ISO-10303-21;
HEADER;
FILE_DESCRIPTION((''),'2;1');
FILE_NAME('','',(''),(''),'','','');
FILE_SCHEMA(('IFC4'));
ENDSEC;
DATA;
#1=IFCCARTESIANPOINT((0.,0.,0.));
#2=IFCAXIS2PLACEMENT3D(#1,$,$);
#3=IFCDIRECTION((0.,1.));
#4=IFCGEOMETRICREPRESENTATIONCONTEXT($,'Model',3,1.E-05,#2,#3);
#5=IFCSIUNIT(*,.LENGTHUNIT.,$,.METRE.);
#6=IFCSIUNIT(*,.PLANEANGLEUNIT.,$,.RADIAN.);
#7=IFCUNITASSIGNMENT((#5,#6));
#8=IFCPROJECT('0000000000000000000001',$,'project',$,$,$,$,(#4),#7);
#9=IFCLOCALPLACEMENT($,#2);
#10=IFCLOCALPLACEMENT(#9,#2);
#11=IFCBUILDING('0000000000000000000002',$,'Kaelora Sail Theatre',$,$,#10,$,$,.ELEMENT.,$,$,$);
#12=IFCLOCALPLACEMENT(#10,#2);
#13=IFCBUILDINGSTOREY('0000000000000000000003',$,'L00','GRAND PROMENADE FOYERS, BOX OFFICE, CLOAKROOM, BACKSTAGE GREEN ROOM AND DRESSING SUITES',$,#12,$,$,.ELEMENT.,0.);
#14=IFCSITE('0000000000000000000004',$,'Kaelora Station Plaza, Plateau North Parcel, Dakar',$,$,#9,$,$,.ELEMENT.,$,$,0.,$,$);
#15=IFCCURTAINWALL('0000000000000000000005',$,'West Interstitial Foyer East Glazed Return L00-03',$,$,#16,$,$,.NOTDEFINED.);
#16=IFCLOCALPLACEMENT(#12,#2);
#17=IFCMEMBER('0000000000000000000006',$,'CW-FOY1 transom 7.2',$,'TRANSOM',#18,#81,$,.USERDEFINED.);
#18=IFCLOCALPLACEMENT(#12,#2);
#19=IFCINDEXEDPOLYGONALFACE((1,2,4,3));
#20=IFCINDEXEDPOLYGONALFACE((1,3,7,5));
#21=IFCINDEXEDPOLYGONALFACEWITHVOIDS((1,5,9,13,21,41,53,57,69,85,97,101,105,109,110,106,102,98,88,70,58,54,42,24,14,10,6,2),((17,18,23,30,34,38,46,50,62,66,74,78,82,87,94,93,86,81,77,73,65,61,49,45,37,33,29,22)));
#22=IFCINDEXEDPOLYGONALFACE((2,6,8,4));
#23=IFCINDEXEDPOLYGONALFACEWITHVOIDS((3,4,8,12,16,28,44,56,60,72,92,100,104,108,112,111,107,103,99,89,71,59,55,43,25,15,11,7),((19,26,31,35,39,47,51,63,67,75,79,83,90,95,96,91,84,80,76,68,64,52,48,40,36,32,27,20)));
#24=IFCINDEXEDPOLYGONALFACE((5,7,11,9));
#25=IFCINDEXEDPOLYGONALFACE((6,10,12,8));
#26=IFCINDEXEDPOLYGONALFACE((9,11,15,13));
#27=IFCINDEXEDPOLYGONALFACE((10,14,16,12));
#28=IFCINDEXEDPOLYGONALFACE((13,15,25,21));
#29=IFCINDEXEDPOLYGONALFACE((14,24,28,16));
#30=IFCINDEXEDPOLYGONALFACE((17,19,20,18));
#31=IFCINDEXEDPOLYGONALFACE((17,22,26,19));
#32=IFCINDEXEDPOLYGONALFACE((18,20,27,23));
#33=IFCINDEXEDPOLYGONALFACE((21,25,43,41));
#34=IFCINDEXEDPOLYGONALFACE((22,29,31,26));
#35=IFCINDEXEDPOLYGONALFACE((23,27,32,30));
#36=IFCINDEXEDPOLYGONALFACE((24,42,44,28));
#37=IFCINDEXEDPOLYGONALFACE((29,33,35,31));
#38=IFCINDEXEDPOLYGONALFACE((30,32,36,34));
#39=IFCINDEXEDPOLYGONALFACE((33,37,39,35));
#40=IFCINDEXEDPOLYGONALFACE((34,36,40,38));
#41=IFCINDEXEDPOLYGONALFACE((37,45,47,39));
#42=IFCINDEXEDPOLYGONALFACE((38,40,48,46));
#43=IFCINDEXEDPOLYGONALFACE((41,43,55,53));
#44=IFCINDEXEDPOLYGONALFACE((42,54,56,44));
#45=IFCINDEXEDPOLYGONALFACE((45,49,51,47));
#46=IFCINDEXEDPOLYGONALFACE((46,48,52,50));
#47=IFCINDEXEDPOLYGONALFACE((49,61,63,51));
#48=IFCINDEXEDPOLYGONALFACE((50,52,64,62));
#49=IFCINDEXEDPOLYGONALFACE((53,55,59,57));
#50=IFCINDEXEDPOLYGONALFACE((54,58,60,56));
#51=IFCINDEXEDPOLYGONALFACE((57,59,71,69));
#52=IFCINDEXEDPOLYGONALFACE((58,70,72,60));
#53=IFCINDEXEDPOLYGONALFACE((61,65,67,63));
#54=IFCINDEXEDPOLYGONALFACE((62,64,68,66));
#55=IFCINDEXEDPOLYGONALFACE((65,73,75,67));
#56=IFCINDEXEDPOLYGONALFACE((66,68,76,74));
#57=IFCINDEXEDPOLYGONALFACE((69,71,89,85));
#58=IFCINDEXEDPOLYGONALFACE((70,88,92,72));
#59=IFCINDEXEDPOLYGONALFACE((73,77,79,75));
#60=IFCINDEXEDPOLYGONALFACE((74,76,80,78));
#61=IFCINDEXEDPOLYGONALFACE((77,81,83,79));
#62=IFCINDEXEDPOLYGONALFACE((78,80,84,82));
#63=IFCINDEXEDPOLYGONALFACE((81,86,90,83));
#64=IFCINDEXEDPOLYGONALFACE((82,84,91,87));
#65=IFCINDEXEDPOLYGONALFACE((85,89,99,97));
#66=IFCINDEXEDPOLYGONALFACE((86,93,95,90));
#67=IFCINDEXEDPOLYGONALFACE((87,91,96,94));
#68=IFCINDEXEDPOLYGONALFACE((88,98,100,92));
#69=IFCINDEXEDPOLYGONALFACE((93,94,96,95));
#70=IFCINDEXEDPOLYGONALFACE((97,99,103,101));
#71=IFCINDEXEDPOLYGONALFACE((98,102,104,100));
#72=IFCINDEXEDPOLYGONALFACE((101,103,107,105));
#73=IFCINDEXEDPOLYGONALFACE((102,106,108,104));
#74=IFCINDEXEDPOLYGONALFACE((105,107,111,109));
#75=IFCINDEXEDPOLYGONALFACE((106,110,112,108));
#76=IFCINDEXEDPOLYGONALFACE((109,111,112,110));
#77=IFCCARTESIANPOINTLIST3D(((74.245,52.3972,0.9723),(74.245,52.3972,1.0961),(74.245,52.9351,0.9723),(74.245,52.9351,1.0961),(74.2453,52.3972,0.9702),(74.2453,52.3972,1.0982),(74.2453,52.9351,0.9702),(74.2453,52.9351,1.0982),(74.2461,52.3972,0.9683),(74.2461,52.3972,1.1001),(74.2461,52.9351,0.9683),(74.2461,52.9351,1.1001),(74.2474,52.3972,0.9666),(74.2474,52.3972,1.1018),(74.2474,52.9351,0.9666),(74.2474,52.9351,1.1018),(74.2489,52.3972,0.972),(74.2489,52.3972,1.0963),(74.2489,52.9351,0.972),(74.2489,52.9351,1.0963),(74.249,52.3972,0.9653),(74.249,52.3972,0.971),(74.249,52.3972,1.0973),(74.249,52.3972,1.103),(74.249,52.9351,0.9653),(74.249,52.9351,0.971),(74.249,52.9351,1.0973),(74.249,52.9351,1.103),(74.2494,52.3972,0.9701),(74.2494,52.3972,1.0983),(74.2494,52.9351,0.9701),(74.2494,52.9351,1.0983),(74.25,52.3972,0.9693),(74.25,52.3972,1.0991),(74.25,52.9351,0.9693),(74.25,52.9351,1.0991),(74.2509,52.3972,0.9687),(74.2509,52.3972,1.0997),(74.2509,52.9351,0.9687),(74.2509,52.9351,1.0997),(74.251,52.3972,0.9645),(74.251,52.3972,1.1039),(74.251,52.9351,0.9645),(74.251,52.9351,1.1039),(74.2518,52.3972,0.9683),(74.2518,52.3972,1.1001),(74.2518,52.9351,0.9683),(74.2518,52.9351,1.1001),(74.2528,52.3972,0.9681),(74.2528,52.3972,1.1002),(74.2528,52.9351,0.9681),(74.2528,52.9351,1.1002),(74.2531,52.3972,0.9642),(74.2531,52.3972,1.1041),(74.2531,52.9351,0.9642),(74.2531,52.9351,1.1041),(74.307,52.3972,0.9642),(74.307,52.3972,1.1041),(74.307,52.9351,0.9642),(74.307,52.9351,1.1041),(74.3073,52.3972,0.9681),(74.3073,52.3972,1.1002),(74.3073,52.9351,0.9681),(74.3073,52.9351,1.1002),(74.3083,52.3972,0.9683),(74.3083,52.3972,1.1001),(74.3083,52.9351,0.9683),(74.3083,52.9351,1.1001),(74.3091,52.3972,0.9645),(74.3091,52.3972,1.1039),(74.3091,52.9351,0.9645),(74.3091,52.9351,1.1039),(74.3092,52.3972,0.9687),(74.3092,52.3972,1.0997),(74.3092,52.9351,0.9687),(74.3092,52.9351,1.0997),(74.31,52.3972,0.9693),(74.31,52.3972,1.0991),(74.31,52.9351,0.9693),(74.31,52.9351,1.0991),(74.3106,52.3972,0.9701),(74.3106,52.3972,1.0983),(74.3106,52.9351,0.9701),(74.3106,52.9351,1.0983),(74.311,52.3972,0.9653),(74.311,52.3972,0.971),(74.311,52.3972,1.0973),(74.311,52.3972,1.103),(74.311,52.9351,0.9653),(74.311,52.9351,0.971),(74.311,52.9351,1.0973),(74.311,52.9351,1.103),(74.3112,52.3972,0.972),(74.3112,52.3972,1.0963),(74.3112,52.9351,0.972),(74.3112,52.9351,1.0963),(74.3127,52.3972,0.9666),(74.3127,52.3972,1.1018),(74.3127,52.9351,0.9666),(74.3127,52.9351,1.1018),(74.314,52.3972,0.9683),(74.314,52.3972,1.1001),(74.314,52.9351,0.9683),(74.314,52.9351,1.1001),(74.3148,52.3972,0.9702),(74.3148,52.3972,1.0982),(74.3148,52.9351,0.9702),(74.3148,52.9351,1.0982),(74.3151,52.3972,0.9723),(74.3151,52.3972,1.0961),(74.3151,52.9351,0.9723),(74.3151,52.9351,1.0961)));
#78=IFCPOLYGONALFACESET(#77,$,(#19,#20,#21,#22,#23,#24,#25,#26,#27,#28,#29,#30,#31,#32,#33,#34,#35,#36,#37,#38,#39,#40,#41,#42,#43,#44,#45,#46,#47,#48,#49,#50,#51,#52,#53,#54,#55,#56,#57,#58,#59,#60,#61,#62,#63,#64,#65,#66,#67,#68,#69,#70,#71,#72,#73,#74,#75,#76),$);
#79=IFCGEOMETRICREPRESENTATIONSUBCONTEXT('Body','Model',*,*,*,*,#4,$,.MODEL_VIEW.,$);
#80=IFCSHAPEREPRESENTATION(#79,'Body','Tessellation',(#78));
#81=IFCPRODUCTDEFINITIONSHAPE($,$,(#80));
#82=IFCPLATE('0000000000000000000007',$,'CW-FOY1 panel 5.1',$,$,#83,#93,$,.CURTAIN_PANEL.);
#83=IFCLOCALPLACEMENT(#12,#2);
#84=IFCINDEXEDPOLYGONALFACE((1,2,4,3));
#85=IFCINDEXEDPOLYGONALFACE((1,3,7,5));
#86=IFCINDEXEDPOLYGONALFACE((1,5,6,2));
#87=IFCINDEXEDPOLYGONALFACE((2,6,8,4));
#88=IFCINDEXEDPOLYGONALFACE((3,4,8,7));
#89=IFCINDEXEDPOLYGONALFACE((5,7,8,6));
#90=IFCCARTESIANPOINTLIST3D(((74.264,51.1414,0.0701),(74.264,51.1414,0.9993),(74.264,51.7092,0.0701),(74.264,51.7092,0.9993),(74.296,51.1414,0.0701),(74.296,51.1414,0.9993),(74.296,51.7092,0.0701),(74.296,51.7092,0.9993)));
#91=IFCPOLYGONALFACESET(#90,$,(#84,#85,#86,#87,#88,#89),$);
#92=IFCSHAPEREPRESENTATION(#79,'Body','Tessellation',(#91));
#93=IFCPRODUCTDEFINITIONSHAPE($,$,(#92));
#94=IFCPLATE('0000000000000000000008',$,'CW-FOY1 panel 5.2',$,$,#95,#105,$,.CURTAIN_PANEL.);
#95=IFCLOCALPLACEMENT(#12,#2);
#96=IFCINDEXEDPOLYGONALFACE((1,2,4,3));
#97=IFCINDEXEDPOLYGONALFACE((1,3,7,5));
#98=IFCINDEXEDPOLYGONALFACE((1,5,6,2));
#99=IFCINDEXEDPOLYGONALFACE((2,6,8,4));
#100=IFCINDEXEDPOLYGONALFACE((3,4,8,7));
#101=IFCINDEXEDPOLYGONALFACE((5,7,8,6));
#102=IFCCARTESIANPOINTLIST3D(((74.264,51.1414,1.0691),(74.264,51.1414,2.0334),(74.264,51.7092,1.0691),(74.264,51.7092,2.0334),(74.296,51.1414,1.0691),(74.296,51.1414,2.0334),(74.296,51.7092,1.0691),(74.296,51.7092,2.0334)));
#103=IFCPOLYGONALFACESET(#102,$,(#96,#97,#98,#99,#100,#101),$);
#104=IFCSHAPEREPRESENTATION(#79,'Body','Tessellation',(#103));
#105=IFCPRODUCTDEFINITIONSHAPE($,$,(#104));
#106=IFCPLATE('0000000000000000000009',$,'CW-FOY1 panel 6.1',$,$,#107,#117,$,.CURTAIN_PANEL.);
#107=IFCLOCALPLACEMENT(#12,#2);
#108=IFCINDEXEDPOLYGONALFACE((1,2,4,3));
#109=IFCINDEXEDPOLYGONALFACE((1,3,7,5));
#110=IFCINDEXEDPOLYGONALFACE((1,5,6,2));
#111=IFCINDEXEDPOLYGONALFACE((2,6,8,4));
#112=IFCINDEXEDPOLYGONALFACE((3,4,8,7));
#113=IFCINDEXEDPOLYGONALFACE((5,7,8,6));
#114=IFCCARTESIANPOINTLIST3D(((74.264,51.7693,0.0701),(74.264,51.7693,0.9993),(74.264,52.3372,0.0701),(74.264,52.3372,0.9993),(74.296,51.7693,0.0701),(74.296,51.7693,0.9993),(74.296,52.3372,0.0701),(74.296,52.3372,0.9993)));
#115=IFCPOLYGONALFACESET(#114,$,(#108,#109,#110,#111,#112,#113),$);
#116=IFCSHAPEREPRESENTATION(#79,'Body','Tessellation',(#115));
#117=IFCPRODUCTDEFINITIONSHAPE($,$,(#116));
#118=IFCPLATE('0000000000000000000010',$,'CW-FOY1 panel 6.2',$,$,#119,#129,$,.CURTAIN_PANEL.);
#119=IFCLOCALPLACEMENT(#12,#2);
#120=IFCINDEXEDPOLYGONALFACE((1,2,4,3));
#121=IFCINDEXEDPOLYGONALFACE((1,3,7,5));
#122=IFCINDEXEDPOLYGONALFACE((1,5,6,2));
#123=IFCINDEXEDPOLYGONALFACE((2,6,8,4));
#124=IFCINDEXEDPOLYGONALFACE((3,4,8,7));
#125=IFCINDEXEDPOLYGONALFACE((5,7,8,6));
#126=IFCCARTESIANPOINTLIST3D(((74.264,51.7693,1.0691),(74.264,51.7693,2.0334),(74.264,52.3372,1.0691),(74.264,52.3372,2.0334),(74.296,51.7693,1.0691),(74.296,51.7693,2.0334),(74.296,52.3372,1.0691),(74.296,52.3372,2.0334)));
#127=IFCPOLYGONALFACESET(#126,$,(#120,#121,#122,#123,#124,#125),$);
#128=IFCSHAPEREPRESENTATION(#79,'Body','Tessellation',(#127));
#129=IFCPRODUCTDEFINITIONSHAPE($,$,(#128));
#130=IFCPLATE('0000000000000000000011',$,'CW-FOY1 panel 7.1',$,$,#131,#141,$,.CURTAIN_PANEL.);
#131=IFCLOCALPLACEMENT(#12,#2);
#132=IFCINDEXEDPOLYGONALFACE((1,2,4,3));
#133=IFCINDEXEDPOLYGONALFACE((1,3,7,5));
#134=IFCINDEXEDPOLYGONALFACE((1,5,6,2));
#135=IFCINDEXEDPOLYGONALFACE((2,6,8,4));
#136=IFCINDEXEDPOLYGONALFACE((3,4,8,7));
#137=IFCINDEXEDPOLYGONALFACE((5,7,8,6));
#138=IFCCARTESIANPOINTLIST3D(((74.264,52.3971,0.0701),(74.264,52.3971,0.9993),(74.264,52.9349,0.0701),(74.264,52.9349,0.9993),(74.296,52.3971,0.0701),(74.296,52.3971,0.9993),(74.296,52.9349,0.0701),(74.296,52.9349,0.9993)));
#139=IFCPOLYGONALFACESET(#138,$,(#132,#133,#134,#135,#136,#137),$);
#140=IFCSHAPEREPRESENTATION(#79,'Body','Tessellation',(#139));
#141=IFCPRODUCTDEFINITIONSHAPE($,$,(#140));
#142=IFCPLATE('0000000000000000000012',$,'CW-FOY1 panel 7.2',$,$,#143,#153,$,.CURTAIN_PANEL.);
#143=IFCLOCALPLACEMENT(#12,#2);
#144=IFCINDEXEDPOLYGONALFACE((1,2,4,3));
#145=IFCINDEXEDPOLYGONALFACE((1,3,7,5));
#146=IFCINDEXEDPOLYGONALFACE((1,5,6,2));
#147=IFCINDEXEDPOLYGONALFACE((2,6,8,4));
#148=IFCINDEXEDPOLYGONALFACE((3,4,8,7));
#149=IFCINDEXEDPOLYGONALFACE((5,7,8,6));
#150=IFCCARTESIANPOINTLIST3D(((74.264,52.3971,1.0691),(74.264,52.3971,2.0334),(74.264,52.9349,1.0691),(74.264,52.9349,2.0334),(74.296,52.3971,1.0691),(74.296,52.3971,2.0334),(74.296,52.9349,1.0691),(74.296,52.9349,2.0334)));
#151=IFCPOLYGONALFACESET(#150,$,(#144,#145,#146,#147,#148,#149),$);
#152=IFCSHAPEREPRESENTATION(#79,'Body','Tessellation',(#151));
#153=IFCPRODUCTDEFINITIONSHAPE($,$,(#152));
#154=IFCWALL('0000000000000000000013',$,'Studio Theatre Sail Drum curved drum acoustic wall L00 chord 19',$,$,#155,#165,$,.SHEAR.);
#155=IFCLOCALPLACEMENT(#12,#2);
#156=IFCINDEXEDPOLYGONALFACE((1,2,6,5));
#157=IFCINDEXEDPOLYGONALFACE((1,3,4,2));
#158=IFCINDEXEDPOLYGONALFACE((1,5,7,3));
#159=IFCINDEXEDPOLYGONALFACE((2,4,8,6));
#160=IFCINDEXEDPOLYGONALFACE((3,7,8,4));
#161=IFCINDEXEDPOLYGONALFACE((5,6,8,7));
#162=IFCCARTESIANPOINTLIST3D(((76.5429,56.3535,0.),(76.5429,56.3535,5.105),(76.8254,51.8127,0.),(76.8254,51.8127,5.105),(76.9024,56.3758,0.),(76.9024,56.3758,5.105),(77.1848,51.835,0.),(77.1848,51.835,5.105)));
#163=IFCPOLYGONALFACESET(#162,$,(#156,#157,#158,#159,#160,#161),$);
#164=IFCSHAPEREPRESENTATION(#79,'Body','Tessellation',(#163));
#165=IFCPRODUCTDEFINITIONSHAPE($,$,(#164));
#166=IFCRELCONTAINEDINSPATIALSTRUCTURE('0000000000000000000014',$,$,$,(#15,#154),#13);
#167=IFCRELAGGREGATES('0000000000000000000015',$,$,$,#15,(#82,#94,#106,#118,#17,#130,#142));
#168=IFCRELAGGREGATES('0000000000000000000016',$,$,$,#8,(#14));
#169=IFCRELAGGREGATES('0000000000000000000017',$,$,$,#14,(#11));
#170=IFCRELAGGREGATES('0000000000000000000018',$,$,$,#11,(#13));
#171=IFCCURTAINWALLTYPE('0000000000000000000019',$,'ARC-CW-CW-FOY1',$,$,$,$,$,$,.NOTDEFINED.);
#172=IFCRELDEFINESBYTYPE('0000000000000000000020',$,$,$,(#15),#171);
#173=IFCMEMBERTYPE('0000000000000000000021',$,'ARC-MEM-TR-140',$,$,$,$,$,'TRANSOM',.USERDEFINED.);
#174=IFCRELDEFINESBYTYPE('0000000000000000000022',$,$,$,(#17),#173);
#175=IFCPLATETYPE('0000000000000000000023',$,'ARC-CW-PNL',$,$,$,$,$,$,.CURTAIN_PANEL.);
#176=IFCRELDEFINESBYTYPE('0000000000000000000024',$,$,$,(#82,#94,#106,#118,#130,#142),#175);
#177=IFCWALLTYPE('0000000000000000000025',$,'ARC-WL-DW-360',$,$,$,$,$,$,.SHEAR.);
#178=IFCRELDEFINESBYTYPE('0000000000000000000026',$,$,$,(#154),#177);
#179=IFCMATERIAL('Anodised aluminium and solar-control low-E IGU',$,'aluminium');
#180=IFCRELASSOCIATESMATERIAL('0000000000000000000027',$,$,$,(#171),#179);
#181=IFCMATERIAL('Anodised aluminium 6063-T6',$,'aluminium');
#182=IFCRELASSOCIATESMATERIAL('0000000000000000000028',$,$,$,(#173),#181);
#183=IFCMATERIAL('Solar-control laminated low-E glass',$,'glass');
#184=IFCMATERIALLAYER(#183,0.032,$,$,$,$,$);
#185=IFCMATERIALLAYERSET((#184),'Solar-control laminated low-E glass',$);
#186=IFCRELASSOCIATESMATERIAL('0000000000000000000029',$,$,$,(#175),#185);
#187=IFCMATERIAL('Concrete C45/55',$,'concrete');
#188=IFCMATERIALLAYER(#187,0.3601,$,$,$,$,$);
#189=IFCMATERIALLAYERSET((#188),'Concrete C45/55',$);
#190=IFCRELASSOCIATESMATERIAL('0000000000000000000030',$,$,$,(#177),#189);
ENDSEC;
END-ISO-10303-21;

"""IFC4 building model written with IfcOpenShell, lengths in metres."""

from ifc_helpers import new_model, si_unit, direction, frame, frame_2d, origin, origin_2d, place, context, subcontext, project, spatial, rectangle, hollow_rectangle, extrude, material, layer, layer_set, material_profile, profile_set, type_object, element, aggregate, save


model = new_model("IFC4")

# Units and contexts
model_context = context("Model", 3, precision=1e-05, world=origin(), true_north=direction((0.0, 1.0)))
body_context = subcontext(model_context, "Body", "Model", "MODEL_VIEW")
ifc_project = project(units=[si_unit("LENGTHUNIT", "METRE"), si_unit("PLANEANGLEUNIT", "RADIAN")], contexts=[model_context])

# Site, building, storey
site_placement = place(None, origin())
site = spatial("IfcSite", under=ifc_project, at=site_placement, Name="Kaelora Station Plaza, Plateau North Parcel, Dakar", CompositionType="ELEMENT", RefElevation=0.0)
building_placement = place(site_placement, origin())
building = spatial("IfcBuilding", under=site, at=building_placement, Name="Kaelora Sail Theatre", CompositionType="ELEMENT")
storey_placement = place(building_placement, origin())
storey = spatial("IfcBuildingStorey", under=building, at=storey_placement, Name="L00", Description="GRAND PROMENADE FOYERS, BOX OFFICE, CLOAKROOM, BACKSTAGE GREEN ROOM AND DRESSING SUITES", CompositionType="ELEMENT", Elevation=0.0)

# Curtain wall
ifc_material_1 = material(Name="Anodised aluminium and solar-control low-E IGU", Category="aluminium")
curtain_wall_type = type_object("IfcCurtainWallType", Name="ARC-CW-CW-FOY1", PredefinedType="NOTDEFINED", material=ifc_material_1)
curtain_wall_placement = place(storey_placement, origin())
curtain_wall = element("IfcCurtainWall", 1, at=curtain_wall_placement, inside=storey, type_object=curtain_wall_type, Name="West Interstitial Foyer East Glazed Return L00-03", PredefinedType="NOTDEFINED")

# Member
ifc_material_2 = material(Name="Anodised aluminium 6063-T6", Category="aluminium")
ifc_material_profile_1 = material_profile(ifc_material_2, hollow_rectangle(XDim=0.0701, YDim=0.1399, WallThickness=0.0039, InnerFilletRadius=0.0039, OuterFilletRadius=0.0081, at=origin_2d()), Name="ALU-TRAN 70x140x4")
ifc_profile_set_1 = profile_set([ifc_material_profile_1], Name="Anodised aluminium 6063-T6")
member_type_1 = type_object("IfcMemberType", Name="ARC-MEM-TR-140", ElementType="TRANSOM", PredefinedType="USERDEFINED", material=ifc_profile_set_1)
member_1_placement = place(storey_placement, frame((74.28, 52.3972, 1.0342), z_axis=(0.0, 1.0, 0.0), x_axis=(-1.0, 0.0, 0.0)))
member_1 = element("IfcMember", 2, at=member_1_placement, type_object=member_type_1, Name="CW-FOY1 transom 7.2", ObjectType="TRANSOM", PredefinedType="USERDEFINED", context=body_context, shape_type="SweptSolid", body=[
    extrude(hollow_rectangle(XDim=0.0701, YDim=0.1399, WallThickness=0.0039, InnerFilletRadius=0.0039, OuterFilletRadius=0.0081, at=origin_2d()), origin(), (0.0, 0.0, 1.0), 0.5378),
])

# Plates
ifc_material_3 = material(Name="Solar-control laminated low-E glass", Category="glass")
ifc_layer_1 = layer(ifc_material_3, 0.032)
ifc_layer_set_1 = layer_set([ifc_layer_1], Name="Solar-control laminated low-E glass")
plate_type = type_object("IfcPlateType", Name="ARC-CW-PNL", PredefinedType="CURTAIN_PANEL", material=ifc_layer_set_1)
plate_1_placement = place(storey_placement, frame((74.28, 51.4253, 0.0701), z_axis=(0.0, 0.0, 1.0), x_axis=(0.0, 1.0, 0.0)))
plate_1 = element("IfcPlate", 3, at=plate_1_placement, type_object=plate_type, Name="CW-FOY1 panel 5.1", PredefinedType="CURTAIN_PANEL", context=body_context, shape_type="SweptSolid", body=[
    extrude(rectangle(XDim=0.5679, YDim=0.032, at=origin_2d()), origin(), (0.0, 0.0, 1.0), 0.9292),
])
plate_2_placement = place(storey_placement, frame((74.28, 51.4253, 1.0691), z_axis=(0.0, 0.0, 1.0), x_axis=(0.0, 1.0, 0.0)))
plate_2 = element("IfcPlate", 4, at=plate_2_placement, type_object=plate_type, Name="CW-FOY1 panel 5.2", PredefinedType="CURTAIN_PANEL", context=body_context, shape_type="SweptSolid", body=[
    extrude(rectangle(XDim=0.5679, YDim=0.032, at=origin_2d()), origin(), (0.0, 0.0, 1.0), 0.9644),
])
plate_3_placement = place(storey_placement, frame((74.28, 52.0532, 0.0701), z_axis=(0.0, 0.0, 1.0), x_axis=(0.0, 1.0, 0.0)))
plate_3 = element("IfcPlate", 5, at=plate_3_placement, type_object=plate_type, Name="CW-FOY1 panel 6.1", PredefinedType="CURTAIN_PANEL", context=body_context, shape_type="SweptSolid", body=[
    extrude(rectangle(XDim=0.5679, YDim=0.032, at=origin_2d()), origin(), (0.0, 0.0, 1.0), 0.9292),
])
plate_4_placement = place(storey_placement, frame((74.28, 52.0532, 1.0691), z_axis=(0.0, 0.0, 1.0), x_axis=(0.0, 1.0, 0.0)))
plate_4 = element("IfcPlate", 6, at=plate_4_placement, type_object=plate_type, Name="CW-FOY1 panel 6.2", PredefinedType="CURTAIN_PANEL", context=body_context, shape_type="SweptSolid", body=[
    extrude(rectangle(XDim=0.5679, YDim=0.032, at=origin_2d()), origin(), (0.0, 0.0, 1.0), 0.9644),
])
plate_5_placement = place(storey_placement, frame((74.28, 52.666, 0.0701), z_axis=(0.0, 0.0, 1.0), x_axis=(0.0, 1.0, 0.0)))
plate_5 = element("IfcPlate", 7, at=plate_5_placement, type_object=plate_type, Name="CW-FOY1 panel 7.1", PredefinedType="CURTAIN_PANEL", context=body_context, shape_type="SweptSolid", body=[
    extrude(rectangle(XDim=0.5378, YDim=0.032, at=origin_2d()), origin(), (0.0, 0.0, 1.0), 0.9292),
])
plate_6_placement = place(storey_placement, frame((74.28, 52.666, 1.0691), z_axis=(0.0, 0.0, 1.0), x_axis=(0.0, 1.0, 0.0)))
plate_6 = element("IfcPlate", 8, at=plate_6_placement, type_object=plate_type, Name="CW-FOY1 panel 7.2", PredefinedType="CURTAIN_PANEL", context=body_context, shape_type="SweptSolid", body=[
    extrude(rectangle(XDim=0.5378, YDim=0.032, at=origin_2d()), origin(), (0.0, 0.0, 1.0), 0.9644),
])
aggregate(curtain_wall, [plate_1, plate_2, plate_3, plate_4, member_1, plate_5, plate_6])

# Wall
ifc_material_4 = material(Name="Concrete C45/55", Category="concrete")
ifc_layer_2 = layer(ifc_material_4, 0.3601)
ifc_layer_set_2 = layer_set([ifc_layer_2], Name="Concrete C45/55")
wall_type = type_object("IfcWallType", Name="ARC-WL-DW-360", PredefinedType="SHEAR", material=ifc_layer_set_2)
wall_placement = place(storey_placement, frame((77.0051, 51.8237, 0.0), z_axis=(0.0, 0.0, 1.0), x_axis=(-0.062088, 0.998071, 0.0)))
element("IfcWall", 9, at=wall_placement, inside=storey, type_object=wall_type, Name="Studio Theatre Sail Drum curved drum acoustic wall L00 chord 19", PredefinedType="SHEAR", context=body_context, shape_type="SweptSolid", body=[
    extrude(rectangle(XDim=4.5496, YDim=0.3601, at=frame_2d((2.2749, 0.0))), origin(), (0.0, 0.0, 1.0), 5.105),
])

save(model, "model.ifc")
